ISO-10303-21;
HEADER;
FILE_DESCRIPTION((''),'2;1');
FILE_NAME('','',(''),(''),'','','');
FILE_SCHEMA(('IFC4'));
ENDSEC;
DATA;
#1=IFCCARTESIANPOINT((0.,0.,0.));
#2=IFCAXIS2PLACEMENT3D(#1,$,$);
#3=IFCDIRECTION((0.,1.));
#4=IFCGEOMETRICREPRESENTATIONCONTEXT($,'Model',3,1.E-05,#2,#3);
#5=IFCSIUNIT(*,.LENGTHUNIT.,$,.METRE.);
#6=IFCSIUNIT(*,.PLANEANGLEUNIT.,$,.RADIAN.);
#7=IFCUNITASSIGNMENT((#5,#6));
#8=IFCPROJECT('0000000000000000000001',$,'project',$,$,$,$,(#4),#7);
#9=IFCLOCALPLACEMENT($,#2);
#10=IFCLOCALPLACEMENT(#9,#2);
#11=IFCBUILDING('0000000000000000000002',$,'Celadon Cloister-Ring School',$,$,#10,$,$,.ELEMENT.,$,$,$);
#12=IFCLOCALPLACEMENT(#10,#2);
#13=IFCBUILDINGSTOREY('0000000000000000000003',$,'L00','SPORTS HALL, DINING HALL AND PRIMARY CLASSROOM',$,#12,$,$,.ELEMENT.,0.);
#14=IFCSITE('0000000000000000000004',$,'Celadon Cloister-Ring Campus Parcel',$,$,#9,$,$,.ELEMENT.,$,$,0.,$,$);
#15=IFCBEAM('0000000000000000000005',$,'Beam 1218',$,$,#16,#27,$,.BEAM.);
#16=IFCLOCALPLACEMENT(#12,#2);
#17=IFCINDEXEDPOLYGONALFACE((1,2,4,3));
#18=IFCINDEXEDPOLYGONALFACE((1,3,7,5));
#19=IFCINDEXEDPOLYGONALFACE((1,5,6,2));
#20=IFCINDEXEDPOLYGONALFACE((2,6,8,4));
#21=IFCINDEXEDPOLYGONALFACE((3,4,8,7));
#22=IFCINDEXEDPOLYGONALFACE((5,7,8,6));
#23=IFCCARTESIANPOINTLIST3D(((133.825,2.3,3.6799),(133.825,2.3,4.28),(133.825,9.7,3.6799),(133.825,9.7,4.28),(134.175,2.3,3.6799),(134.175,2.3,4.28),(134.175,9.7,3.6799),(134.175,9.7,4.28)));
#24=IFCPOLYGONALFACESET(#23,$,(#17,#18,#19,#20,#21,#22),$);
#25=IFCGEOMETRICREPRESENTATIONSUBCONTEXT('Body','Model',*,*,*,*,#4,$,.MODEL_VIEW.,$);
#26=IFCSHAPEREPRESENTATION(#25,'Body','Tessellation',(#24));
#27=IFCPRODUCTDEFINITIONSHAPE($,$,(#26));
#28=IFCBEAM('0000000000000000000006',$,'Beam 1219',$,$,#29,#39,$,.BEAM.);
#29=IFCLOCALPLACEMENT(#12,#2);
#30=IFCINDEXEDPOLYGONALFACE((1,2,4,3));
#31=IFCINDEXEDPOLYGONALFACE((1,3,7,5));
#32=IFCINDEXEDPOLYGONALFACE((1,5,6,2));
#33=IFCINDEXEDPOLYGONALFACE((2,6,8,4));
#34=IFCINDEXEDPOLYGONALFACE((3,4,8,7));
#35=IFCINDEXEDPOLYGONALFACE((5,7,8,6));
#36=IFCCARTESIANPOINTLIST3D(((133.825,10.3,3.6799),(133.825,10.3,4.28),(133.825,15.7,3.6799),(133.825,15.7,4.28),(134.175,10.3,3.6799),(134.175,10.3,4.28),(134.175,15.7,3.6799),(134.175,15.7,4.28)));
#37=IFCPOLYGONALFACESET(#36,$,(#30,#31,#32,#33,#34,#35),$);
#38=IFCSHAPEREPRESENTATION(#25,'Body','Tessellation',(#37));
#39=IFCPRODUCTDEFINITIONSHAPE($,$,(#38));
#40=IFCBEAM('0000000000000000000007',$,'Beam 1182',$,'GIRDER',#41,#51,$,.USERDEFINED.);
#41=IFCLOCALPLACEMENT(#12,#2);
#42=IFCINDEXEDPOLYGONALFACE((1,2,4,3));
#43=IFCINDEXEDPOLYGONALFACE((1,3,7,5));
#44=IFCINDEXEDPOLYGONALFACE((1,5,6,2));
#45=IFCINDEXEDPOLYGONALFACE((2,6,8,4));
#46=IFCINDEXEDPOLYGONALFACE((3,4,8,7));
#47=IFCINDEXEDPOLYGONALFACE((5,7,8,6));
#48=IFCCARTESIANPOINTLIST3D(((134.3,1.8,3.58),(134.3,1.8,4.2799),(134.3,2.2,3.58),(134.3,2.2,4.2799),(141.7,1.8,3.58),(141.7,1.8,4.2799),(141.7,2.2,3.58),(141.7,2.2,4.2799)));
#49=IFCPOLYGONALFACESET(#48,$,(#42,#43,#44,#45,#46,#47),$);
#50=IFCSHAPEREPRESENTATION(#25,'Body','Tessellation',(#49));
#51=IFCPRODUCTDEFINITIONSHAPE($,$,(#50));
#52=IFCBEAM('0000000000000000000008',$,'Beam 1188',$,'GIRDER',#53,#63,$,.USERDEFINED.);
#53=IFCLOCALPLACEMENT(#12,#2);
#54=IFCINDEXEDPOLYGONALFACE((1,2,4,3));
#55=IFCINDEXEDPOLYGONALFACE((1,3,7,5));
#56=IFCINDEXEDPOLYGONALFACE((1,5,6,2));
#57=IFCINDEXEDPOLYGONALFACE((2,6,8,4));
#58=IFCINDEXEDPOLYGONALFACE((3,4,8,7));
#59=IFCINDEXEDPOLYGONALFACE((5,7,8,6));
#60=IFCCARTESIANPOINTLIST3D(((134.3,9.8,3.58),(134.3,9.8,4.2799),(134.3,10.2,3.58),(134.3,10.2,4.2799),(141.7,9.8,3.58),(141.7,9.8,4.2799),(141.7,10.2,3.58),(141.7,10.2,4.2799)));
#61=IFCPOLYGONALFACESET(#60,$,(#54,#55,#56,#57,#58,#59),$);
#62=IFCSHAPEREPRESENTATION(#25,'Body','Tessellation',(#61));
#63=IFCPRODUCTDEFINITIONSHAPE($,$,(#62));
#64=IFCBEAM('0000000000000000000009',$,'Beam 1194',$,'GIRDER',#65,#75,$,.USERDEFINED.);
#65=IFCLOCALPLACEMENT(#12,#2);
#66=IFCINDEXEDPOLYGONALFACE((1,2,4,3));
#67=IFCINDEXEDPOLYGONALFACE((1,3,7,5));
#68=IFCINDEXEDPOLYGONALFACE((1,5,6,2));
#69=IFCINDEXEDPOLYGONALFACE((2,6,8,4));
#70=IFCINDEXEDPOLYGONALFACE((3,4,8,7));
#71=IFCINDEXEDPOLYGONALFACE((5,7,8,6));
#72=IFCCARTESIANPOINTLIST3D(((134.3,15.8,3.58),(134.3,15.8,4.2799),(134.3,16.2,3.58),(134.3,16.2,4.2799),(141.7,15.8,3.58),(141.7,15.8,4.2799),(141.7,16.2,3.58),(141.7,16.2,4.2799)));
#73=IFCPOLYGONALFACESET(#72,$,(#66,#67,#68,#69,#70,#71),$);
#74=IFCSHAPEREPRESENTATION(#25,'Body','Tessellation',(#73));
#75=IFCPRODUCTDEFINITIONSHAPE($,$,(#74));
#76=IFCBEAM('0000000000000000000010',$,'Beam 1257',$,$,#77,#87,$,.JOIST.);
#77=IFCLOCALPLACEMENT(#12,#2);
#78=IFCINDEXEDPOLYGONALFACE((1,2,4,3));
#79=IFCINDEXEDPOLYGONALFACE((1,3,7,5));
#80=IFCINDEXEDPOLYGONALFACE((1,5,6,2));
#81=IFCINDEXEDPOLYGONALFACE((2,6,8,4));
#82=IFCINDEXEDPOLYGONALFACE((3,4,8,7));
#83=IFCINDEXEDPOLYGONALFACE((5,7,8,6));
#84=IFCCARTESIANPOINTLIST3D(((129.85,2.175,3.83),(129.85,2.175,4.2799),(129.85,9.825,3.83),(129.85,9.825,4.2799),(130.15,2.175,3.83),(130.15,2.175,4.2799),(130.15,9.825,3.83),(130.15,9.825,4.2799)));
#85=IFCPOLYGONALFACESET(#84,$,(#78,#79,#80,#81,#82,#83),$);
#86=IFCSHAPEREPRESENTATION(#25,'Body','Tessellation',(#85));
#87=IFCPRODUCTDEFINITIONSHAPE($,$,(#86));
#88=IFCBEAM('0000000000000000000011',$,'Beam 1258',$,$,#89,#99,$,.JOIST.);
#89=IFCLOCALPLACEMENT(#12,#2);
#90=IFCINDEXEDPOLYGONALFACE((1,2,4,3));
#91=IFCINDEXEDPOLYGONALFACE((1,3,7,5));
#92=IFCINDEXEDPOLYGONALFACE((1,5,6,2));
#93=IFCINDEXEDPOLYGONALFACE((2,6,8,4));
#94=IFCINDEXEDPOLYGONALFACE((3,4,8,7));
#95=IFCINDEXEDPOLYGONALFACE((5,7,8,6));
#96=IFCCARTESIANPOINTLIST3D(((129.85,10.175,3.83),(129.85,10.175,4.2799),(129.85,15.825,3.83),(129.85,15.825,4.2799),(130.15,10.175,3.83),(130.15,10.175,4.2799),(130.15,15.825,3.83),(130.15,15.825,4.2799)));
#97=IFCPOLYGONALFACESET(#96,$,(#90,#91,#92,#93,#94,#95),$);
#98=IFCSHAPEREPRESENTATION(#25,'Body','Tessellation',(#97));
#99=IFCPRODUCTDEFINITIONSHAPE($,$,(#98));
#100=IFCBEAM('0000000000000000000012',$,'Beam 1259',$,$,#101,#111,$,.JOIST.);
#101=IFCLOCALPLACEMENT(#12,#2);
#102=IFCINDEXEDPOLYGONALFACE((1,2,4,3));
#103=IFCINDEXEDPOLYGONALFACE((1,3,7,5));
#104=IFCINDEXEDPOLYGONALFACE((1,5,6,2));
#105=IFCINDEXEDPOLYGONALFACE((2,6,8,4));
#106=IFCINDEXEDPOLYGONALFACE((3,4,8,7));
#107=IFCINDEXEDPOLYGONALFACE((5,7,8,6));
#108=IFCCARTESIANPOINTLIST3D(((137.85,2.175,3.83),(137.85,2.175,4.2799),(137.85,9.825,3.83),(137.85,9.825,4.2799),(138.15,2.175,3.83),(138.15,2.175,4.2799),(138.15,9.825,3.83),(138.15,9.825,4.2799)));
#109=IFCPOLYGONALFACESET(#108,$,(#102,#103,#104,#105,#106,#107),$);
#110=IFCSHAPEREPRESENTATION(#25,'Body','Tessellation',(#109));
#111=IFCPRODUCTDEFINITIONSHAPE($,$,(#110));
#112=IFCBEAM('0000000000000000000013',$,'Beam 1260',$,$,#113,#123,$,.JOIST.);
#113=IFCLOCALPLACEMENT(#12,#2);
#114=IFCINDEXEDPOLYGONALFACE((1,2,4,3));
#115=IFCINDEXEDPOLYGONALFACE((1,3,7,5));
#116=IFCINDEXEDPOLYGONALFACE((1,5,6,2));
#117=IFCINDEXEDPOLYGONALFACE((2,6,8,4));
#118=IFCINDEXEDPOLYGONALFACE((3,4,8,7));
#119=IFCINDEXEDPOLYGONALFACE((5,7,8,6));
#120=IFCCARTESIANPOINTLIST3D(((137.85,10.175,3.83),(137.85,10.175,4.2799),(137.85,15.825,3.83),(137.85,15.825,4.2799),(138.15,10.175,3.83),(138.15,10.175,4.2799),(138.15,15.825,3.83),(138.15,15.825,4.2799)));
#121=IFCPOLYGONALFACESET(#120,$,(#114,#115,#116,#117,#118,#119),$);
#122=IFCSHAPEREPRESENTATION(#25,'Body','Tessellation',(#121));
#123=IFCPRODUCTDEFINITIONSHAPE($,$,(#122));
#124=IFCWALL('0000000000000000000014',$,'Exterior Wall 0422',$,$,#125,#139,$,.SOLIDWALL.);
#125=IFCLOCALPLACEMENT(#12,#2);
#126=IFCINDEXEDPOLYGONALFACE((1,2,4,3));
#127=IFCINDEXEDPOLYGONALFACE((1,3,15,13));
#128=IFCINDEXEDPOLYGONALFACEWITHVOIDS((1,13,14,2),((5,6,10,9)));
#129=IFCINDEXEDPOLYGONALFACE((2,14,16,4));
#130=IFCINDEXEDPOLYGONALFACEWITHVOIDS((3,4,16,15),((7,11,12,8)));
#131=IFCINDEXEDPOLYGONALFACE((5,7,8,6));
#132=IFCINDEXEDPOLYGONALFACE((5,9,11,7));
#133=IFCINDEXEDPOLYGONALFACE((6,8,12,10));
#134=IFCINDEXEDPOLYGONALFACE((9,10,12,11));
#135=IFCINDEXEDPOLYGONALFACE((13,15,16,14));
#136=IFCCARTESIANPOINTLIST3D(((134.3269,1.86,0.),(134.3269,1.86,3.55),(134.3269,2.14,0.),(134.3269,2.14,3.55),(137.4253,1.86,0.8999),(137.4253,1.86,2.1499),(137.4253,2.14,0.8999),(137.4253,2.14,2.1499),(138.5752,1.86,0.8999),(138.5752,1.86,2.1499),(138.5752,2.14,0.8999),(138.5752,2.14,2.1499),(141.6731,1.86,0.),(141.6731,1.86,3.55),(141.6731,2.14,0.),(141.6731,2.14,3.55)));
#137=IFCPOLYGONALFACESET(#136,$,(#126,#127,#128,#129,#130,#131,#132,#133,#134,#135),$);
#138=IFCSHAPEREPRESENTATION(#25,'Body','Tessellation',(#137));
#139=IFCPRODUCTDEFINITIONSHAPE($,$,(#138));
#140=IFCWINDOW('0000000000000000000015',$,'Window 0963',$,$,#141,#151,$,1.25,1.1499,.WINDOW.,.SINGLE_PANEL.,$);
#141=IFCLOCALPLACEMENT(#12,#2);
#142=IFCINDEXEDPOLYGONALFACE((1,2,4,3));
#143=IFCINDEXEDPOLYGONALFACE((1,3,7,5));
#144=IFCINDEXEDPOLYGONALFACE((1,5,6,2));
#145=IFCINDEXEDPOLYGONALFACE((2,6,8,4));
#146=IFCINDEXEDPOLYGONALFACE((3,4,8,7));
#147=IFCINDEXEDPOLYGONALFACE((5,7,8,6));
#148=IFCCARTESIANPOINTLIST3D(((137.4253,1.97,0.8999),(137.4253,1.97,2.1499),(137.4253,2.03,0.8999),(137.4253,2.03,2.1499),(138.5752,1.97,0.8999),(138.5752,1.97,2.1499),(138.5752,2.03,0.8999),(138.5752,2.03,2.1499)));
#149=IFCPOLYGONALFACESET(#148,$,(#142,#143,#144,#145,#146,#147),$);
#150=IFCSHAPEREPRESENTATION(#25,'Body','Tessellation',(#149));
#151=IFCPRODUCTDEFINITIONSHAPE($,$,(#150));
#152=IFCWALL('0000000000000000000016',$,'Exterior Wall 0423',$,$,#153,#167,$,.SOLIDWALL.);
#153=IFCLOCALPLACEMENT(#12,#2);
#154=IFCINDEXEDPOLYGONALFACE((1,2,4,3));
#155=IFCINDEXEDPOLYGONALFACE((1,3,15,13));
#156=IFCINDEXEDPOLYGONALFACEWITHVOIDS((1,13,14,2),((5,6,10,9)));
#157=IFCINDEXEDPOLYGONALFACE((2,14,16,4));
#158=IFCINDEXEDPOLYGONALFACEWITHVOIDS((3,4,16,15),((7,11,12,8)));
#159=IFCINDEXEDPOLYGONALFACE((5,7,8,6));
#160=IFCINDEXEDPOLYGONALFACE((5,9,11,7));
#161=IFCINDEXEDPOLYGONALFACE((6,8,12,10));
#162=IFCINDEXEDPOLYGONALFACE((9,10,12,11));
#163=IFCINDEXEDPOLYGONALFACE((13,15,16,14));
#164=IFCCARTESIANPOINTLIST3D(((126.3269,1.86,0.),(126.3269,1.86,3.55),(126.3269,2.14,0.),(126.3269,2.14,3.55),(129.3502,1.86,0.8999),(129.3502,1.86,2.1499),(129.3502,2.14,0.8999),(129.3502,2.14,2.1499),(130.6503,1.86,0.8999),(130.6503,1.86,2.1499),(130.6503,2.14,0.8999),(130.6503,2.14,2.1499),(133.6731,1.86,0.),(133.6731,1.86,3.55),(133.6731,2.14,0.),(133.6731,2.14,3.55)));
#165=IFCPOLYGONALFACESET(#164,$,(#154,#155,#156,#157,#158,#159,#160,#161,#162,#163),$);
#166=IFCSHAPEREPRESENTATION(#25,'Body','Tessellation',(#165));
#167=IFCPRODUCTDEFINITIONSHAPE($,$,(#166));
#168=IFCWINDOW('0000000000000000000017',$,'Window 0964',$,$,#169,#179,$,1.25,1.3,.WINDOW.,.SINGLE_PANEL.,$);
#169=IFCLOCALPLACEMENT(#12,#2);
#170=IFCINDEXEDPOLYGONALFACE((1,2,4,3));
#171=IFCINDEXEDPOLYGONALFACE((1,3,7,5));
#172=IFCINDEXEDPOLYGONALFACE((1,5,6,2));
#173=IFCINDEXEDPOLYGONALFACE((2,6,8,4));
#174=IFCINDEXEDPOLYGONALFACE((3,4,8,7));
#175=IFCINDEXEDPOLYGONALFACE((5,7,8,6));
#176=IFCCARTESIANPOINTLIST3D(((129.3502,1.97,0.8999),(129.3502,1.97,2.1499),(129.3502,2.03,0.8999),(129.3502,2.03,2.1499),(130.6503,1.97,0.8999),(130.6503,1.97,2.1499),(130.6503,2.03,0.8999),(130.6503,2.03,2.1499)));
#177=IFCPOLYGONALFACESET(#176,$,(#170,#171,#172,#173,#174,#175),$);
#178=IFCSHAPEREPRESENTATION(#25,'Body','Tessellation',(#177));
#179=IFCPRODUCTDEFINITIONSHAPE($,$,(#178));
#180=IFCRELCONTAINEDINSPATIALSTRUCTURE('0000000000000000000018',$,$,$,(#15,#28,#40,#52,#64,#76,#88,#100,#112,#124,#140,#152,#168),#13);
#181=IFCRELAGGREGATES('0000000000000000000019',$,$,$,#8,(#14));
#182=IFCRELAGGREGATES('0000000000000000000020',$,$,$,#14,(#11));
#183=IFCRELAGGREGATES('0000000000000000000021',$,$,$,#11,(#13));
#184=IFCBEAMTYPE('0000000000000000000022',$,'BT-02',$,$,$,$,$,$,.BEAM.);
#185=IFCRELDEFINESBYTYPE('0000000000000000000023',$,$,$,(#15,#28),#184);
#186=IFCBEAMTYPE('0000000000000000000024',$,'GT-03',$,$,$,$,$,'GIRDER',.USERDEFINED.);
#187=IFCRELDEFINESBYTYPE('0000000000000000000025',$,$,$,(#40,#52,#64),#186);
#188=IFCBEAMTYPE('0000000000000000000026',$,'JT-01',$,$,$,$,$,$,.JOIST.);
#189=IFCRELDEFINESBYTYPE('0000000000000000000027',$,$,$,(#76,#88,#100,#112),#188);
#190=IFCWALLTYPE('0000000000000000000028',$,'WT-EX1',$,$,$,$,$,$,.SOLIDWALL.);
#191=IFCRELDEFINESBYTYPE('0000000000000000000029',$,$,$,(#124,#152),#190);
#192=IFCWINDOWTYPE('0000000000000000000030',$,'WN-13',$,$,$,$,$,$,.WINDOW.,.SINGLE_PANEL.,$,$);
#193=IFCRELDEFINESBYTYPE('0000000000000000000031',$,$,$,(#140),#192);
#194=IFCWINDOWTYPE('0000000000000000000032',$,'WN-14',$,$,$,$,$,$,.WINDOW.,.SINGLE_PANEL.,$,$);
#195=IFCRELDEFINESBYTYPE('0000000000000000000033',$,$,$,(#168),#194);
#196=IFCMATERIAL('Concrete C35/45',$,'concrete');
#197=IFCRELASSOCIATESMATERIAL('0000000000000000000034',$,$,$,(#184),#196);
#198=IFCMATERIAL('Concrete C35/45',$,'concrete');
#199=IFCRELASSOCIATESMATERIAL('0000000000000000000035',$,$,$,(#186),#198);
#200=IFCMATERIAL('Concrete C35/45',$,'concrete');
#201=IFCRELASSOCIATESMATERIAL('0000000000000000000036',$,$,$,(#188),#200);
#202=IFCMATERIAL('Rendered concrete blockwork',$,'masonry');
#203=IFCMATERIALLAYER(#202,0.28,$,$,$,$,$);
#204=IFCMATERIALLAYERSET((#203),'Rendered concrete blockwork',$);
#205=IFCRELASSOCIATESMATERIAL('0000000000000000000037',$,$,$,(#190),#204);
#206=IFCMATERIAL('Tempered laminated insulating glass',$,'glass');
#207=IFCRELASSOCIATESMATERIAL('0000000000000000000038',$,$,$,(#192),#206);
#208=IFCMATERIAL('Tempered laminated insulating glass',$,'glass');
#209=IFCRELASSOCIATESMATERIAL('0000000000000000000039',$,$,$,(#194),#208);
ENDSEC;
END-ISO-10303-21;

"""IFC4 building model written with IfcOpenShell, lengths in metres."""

from ifc_helpers import new_model, si_unit, direction, frame, frame_2d, origin, origin_2d, place, context, subcontext, project, spatial, rectangle, extrude, material, layer, layer_set, material_profile, profile_set, type_object, element, fill, save


model = new_model("IFC4")

# Units and contexts
model_context = context("Model", 3, precision=1e-05, world=origin(), true_north=direction((0.0, 1.0)))
body_context = subcontext(model_context, "Body", "Model", "MODEL_VIEW")
ifc_project = project(units=[si_unit("LENGTHUNIT", "METRE"), si_unit("PLANEANGLEUNIT", "RADIAN")], contexts=[model_context])

# Site, building, storey
site_placement = place(None, origin())
site = spatial("IfcSite", under=ifc_project, at=site_placement, Name="Celadon Cloister-Ring Campus Parcel", CompositionType="ELEMENT", RefElevation=0.0)
building_placement = place(site_placement, origin())
building = spatial("IfcBuilding", under=site, at=building_placement, Name="Celadon Cloister-Ring School", CompositionType="ELEMENT")
storey_placement = place(building_placement, origin())
storey = spatial("IfcBuildingStorey", under=building, at=storey_placement, Name="L00", Description="SPORTS HALL, DINING HALL AND PRIMARY CLASSROOM", CompositionType="ELEMENT", Elevation=0.0)

# Beams
ifc_material_1 = material(Name="Concrete C35/45", Category="concrete")
ifc_material_profile_1 = material_profile(ifc_material_1, rectangle(XDim=0.3501, YDim=0.6001, at=origin_2d()), Name="RC350X600")
ifc_profile_set_1 = profile_set([ifc_material_profile_1], Name="Concrete C35/45")
beam_type_1 = type_object("IfcBeamType", Name="BT-02", PredefinedType="BEAM", material=ifc_profile_set_1)
beam_1_placement = place(storey_placement, frame((134.0, 2.3, 3.98), z_axis=(0.0, 1.0, 0.0), x_axis=(-1.0, 0.0, 0.0)))
element("IfcBeam", 1, at=beam_1_placement, inside=storey, type_object=beam_type_1, Name="Beam 1218", PredefinedType="BEAM", context=body_context, shape_type="SweptSolid", body=[
    extrude(rectangle(XDim=0.3501, YDim=0.6001, at=origin_2d()), origin(), (0.0, 0.0, 1.0), 7.3999),
])
beam_2_placement = place(storey_placement, frame((134.0, 10.3, 3.98), z_axis=(0.0, 1.0, 0.0), x_axis=(-1.0, 0.0, 0.0)))
element("IfcBeam", 2, at=beam_2_placement, inside=storey, type_object=beam_type_1, Name="Beam 1219", PredefinedType="BEAM", context=body_context, shape_type="SweptSolid", body=[
    extrude(rectangle(XDim=0.3501, YDim=0.6001, at=origin_2d()), origin(), (0.0, 0.0, 1.0), 5.3999),
])
ifc_material_2 = material(Name="Concrete C35/45", Category="concrete")
ifc_material_profile_2 = material_profile(ifc_material_2, rectangle(XDim=0.3999, YDim=0.7, at=origin_2d()), Name="RC400X700")
ifc_profile_set_2 = profile_set([ifc_material_profile_2], Name="Concrete C35/45")
beam_type_2 = type_object("IfcBeamType", Name="GT-03", ElementType="GIRDER", PredefinedType="USERDEFINED", material=ifc_profile_set_2)
for number, where, z_axis, x_axis, name in (
    (3, (134.3, 2.0, 3.9299), (1.0, 0.0, 0.0), (0.0, 1.0, 0.0), "Beam 1182"),
    (4, (134.3, 10.0, 3.9299), (1.0, 0.0, 0.0), (0.0, 1.0, 0.0), "Beam 1188"),
    (5, (134.3, 16.0, 3.9299), (1.0, 0.0, 0.0), (0.0, 1.0, 0.0), "Beam 1194"),
):
    element("IfcBeam", number, at=place(storey_placement, frame(where, z_axis=z_axis, x_axis=x_axis)), inside=storey, type_object=beam_type_2, Name=name, ObjectType="GIRDER", PredefinedType="USERDEFINED", context=body_context, shape_type="SweptSolid", body=[
        extrude(rectangle(XDim=0.3999, YDim=0.7, at=origin_2d()), origin(), (0.0, 0.0, 1.0), 7.3999),
    ])
ifc_material_3 = material(Name="Concrete C35/45", Category="concrete")
ifc_material_profile_3 = material_profile(ifc_material_3, rectangle(XDim=0.3, YDim=0.45, at=origin_2d()), Name="RC300X450")
ifc_profile_set_3 = profile_set([ifc_material_profile_3], Name="Concrete C35/45")
beam_type_3 = type_object("IfcBeamType", Name="JT-01", PredefinedType="JOIST", material=ifc_profile_set_3)
beam_3_placement = place(storey_placement, frame((130.0, 2.175, 4.0549), z_axis=(0.0, 1.0, 0.0), x_axis=(-1.0, 0.0, 0.0)))
element("IfcBeam", 6, at=beam_3_placement, inside=storey, type_object=beam_type_3, Name="Beam 1257", PredefinedType="JOIST", context=body_context, shape_type="SweptSolid", body=[
    extrude(rectangle(XDim=0.3, YDim=0.45, at=origin_2d()), origin(), (0.0, 0.0, 1.0), 7.6499),
])
beam_4_placement = place(storey_placement, frame((130.0, 10.175, 4.0549), z_axis=(0.0, 1.0, 0.0), x_axis=(-1.0, 0.0, 0.0)))
element("IfcBeam", 7, at=beam_4_placement, inside=storey, type_object=beam_type_3, Name="Beam 1258", PredefinedType="JOIST", context=body_context, shape_type="SweptSolid", body=[
    extrude(rectangle(XDim=0.3, YDim=0.45, at=origin_2d()), origin(), (0.0, 0.0, 1.0), 5.6499),
])
beam_5_placement = place(storey_placement, frame((138.0, 2.175, 4.0549), z_axis=(0.0, 1.0, 0.0), x_axis=(-1.0, 0.0, 0.0)))
element("IfcBeam", 8, at=beam_5_placement, inside=storey, type_object=beam_type_3, Name="Beam 1259", PredefinedType="JOIST", context=body_context, shape_type="SweptSolid", body=[
    extrude(rectangle(XDim=0.3, YDim=0.45, at=origin_2d()), origin(), (0.0, 0.0, 1.0), 7.6499),
])
beam_6_placement = place(storey_placement, frame((138.0, 10.175, 4.0549), z_axis=(0.0, 1.0, 0.0), x_axis=(-1.0, 0.0, 0.0)))
element("IfcBeam", 9, at=beam_6_placement, inside=storey, type_object=beam_type_3, Name="Beam 1260", PredefinedType="JOIST", context=body_context, shape_type="SweptSolid", body=[
    extrude(rectangle(XDim=0.3, YDim=0.45, at=origin_2d()), origin(), (0.0, 0.0, 1.0), 5.6499),
])

# Walls, openings, windows
ifc_material_4 = material(Name="Rendered concrete blockwork", Category="masonry")
ifc_layer_1 = layer(ifc_material_4, 0.28)
ifc_layer_set_1 = layer_set([ifc_layer_1], Name="Rendered concrete blockwork")
wall_type_1 = type_object("IfcWallType", Name="WT-EX1", PredefinedType="SOLIDWALL", material=ifc_layer_set_1)
wall_1_placement = place(storey_placement, frame((141.6731, 2.0, 0.0), z_axis=(0.0, 0.0, 1.0), x_axis=(-1.0, 0.0, 0.0)))
wall_1 = element("IfcWall", 10, at=wall_1_placement, inside=storey, type_object=wall_type_1, Name="Exterior Wall 0422", PredefinedType="SOLIDWALL", context=body_context, shape_type="SweptSolid", body=[
    extrude(rectangle(XDim=7.3462, YDim=0.28, at=frame_2d((3.6731, 0.0))), origin(), (0.0, 0.0, 1.0), 3.55),
])
opening_1_placement = place(wall_1_placement, frame((3.0979, 0.0, 0.8999)))
opening_1 = element("IfcOpeningElement", 11, at=opening_1_placement, cuts=wall_1, PredefinedType="OPENING", context=body_context, shape_type="SweptSolid", body=[
    extrude(rectangle(XDim=1.1499, YDim=1.25, at=frame_2d((0.575, 0.625))), frame((0.0, 0.1499, 0.0), z_axis=(0.0, -1.0, 0.0), x_axis=(1.0, 0.0, 0.0)), (0.0, 0.0, 1.0), 0.3),
])
ifc_material_5 = material(Name="Tempered laminated insulating glass", Category="glass")
window_type_1 = type_object("IfcWindowType", Name="WN-13", PartitioningType="SINGLE_PANEL", PredefinedType="WINDOW", material=ifc_material_5)
window_1_placement = place(opening_1_placement, origin())
window_1 = element("IfcWindow", 12, at=window_1_placement, inside=storey, type_object=window_type_1, Name="Window 0963", OverallHeight=1.25, OverallWidth=1.1499, PartitioningType="SINGLE_PANEL", PredefinedType="WINDOW", context=body_context, shape_type="SweptSolid", body=[
    extrude(rectangle(XDim=1.1499, YDim=1.25, at=frame_2d((0.575, 0.625))), frame((0.0, 0.03, 0.0), z_axis=(0.0, -1.0, 0.0), x_axis=(1.0, 0.0, 0.0)), (0.0, 0.0, 1.0), 0.0601),
])
fill(opening_1, window_1)
wall_2_placement = place(storey_placement, frame((133.6731, 2.0, 0.0), z_axis=(0.0, 0.0, 1.0), x_axis=(-1.0, 0.0, 0.0)))
wall_2 = element("IfcWall", 13, at=wall_2_placement, inside=storey, type_object=wall_type_1, Name="Exterior Wall 0423", PredefinedType="SOLIDWALL", context=body_context, shape_type="SweptSolid", body=[
    extrude(rectangle(XDim=7.3462, YDim=0.28, at=frame_2d((3.6731, 0.0))), origin(), (0.0, 0.0, 1.0), 3.55),
])
opening_2_placement = place(wall_2_placement, frame((3.0229, 0.0, 0.8999)))
opening_2 = element("IfcOpeningElement", 14, at=opening_2_placement, cuts=wall_2, PredefinedType="OPENING", context=body_context, shape_type="SweptSolid", body=[
    extrude(rectangle(XDim=1.3, YDim=1.25, at=frame_2d((0.6499, 0.625))), frame((0.0, 0.1499, 0.0), z_axis=(0.0, -1.0, 0.0), x_axis=(1.0, 0.0, 0.0)), (0.0, 0.0, 1.0), 0.3),
])
ifc_material_6 = material(Name="Tempered laminated insulating glass", Category="glass")
window_type_2 = type_object("IfcWindowType", Name="WN-14", PartitioningType="SINGLE_PANEL", PredefinedType="WINDOW", material=ifc_material_6)
window_2_placement = place(opening_2_placement, origin())
window_2 = element("IfcWindow", 15, at=window_2_placement, inside=storey, type_object=window_type_2, Name="Window 0964", OverallHeight=1.25, OverallWidth=1.3, PartitioningType="SINGLE_PANEL", PredefinedType="WINDOW", context=body_context, shape_type="SweptSolid", body=[
    extrude(rectangle(XDim=1.3, YDim=1.25, at=frame_2d((0.6499, 0.625))), frame((0.0, 0.03, 0.0), z_axis=(0.0, -1.0, 0.0), x_axis=(1.0, 0.0, 0.0)), (0.0, 0.0, 1.0), 0.0601),
])
fill(opening_2, window_2)

save(model, "model.ifc")
